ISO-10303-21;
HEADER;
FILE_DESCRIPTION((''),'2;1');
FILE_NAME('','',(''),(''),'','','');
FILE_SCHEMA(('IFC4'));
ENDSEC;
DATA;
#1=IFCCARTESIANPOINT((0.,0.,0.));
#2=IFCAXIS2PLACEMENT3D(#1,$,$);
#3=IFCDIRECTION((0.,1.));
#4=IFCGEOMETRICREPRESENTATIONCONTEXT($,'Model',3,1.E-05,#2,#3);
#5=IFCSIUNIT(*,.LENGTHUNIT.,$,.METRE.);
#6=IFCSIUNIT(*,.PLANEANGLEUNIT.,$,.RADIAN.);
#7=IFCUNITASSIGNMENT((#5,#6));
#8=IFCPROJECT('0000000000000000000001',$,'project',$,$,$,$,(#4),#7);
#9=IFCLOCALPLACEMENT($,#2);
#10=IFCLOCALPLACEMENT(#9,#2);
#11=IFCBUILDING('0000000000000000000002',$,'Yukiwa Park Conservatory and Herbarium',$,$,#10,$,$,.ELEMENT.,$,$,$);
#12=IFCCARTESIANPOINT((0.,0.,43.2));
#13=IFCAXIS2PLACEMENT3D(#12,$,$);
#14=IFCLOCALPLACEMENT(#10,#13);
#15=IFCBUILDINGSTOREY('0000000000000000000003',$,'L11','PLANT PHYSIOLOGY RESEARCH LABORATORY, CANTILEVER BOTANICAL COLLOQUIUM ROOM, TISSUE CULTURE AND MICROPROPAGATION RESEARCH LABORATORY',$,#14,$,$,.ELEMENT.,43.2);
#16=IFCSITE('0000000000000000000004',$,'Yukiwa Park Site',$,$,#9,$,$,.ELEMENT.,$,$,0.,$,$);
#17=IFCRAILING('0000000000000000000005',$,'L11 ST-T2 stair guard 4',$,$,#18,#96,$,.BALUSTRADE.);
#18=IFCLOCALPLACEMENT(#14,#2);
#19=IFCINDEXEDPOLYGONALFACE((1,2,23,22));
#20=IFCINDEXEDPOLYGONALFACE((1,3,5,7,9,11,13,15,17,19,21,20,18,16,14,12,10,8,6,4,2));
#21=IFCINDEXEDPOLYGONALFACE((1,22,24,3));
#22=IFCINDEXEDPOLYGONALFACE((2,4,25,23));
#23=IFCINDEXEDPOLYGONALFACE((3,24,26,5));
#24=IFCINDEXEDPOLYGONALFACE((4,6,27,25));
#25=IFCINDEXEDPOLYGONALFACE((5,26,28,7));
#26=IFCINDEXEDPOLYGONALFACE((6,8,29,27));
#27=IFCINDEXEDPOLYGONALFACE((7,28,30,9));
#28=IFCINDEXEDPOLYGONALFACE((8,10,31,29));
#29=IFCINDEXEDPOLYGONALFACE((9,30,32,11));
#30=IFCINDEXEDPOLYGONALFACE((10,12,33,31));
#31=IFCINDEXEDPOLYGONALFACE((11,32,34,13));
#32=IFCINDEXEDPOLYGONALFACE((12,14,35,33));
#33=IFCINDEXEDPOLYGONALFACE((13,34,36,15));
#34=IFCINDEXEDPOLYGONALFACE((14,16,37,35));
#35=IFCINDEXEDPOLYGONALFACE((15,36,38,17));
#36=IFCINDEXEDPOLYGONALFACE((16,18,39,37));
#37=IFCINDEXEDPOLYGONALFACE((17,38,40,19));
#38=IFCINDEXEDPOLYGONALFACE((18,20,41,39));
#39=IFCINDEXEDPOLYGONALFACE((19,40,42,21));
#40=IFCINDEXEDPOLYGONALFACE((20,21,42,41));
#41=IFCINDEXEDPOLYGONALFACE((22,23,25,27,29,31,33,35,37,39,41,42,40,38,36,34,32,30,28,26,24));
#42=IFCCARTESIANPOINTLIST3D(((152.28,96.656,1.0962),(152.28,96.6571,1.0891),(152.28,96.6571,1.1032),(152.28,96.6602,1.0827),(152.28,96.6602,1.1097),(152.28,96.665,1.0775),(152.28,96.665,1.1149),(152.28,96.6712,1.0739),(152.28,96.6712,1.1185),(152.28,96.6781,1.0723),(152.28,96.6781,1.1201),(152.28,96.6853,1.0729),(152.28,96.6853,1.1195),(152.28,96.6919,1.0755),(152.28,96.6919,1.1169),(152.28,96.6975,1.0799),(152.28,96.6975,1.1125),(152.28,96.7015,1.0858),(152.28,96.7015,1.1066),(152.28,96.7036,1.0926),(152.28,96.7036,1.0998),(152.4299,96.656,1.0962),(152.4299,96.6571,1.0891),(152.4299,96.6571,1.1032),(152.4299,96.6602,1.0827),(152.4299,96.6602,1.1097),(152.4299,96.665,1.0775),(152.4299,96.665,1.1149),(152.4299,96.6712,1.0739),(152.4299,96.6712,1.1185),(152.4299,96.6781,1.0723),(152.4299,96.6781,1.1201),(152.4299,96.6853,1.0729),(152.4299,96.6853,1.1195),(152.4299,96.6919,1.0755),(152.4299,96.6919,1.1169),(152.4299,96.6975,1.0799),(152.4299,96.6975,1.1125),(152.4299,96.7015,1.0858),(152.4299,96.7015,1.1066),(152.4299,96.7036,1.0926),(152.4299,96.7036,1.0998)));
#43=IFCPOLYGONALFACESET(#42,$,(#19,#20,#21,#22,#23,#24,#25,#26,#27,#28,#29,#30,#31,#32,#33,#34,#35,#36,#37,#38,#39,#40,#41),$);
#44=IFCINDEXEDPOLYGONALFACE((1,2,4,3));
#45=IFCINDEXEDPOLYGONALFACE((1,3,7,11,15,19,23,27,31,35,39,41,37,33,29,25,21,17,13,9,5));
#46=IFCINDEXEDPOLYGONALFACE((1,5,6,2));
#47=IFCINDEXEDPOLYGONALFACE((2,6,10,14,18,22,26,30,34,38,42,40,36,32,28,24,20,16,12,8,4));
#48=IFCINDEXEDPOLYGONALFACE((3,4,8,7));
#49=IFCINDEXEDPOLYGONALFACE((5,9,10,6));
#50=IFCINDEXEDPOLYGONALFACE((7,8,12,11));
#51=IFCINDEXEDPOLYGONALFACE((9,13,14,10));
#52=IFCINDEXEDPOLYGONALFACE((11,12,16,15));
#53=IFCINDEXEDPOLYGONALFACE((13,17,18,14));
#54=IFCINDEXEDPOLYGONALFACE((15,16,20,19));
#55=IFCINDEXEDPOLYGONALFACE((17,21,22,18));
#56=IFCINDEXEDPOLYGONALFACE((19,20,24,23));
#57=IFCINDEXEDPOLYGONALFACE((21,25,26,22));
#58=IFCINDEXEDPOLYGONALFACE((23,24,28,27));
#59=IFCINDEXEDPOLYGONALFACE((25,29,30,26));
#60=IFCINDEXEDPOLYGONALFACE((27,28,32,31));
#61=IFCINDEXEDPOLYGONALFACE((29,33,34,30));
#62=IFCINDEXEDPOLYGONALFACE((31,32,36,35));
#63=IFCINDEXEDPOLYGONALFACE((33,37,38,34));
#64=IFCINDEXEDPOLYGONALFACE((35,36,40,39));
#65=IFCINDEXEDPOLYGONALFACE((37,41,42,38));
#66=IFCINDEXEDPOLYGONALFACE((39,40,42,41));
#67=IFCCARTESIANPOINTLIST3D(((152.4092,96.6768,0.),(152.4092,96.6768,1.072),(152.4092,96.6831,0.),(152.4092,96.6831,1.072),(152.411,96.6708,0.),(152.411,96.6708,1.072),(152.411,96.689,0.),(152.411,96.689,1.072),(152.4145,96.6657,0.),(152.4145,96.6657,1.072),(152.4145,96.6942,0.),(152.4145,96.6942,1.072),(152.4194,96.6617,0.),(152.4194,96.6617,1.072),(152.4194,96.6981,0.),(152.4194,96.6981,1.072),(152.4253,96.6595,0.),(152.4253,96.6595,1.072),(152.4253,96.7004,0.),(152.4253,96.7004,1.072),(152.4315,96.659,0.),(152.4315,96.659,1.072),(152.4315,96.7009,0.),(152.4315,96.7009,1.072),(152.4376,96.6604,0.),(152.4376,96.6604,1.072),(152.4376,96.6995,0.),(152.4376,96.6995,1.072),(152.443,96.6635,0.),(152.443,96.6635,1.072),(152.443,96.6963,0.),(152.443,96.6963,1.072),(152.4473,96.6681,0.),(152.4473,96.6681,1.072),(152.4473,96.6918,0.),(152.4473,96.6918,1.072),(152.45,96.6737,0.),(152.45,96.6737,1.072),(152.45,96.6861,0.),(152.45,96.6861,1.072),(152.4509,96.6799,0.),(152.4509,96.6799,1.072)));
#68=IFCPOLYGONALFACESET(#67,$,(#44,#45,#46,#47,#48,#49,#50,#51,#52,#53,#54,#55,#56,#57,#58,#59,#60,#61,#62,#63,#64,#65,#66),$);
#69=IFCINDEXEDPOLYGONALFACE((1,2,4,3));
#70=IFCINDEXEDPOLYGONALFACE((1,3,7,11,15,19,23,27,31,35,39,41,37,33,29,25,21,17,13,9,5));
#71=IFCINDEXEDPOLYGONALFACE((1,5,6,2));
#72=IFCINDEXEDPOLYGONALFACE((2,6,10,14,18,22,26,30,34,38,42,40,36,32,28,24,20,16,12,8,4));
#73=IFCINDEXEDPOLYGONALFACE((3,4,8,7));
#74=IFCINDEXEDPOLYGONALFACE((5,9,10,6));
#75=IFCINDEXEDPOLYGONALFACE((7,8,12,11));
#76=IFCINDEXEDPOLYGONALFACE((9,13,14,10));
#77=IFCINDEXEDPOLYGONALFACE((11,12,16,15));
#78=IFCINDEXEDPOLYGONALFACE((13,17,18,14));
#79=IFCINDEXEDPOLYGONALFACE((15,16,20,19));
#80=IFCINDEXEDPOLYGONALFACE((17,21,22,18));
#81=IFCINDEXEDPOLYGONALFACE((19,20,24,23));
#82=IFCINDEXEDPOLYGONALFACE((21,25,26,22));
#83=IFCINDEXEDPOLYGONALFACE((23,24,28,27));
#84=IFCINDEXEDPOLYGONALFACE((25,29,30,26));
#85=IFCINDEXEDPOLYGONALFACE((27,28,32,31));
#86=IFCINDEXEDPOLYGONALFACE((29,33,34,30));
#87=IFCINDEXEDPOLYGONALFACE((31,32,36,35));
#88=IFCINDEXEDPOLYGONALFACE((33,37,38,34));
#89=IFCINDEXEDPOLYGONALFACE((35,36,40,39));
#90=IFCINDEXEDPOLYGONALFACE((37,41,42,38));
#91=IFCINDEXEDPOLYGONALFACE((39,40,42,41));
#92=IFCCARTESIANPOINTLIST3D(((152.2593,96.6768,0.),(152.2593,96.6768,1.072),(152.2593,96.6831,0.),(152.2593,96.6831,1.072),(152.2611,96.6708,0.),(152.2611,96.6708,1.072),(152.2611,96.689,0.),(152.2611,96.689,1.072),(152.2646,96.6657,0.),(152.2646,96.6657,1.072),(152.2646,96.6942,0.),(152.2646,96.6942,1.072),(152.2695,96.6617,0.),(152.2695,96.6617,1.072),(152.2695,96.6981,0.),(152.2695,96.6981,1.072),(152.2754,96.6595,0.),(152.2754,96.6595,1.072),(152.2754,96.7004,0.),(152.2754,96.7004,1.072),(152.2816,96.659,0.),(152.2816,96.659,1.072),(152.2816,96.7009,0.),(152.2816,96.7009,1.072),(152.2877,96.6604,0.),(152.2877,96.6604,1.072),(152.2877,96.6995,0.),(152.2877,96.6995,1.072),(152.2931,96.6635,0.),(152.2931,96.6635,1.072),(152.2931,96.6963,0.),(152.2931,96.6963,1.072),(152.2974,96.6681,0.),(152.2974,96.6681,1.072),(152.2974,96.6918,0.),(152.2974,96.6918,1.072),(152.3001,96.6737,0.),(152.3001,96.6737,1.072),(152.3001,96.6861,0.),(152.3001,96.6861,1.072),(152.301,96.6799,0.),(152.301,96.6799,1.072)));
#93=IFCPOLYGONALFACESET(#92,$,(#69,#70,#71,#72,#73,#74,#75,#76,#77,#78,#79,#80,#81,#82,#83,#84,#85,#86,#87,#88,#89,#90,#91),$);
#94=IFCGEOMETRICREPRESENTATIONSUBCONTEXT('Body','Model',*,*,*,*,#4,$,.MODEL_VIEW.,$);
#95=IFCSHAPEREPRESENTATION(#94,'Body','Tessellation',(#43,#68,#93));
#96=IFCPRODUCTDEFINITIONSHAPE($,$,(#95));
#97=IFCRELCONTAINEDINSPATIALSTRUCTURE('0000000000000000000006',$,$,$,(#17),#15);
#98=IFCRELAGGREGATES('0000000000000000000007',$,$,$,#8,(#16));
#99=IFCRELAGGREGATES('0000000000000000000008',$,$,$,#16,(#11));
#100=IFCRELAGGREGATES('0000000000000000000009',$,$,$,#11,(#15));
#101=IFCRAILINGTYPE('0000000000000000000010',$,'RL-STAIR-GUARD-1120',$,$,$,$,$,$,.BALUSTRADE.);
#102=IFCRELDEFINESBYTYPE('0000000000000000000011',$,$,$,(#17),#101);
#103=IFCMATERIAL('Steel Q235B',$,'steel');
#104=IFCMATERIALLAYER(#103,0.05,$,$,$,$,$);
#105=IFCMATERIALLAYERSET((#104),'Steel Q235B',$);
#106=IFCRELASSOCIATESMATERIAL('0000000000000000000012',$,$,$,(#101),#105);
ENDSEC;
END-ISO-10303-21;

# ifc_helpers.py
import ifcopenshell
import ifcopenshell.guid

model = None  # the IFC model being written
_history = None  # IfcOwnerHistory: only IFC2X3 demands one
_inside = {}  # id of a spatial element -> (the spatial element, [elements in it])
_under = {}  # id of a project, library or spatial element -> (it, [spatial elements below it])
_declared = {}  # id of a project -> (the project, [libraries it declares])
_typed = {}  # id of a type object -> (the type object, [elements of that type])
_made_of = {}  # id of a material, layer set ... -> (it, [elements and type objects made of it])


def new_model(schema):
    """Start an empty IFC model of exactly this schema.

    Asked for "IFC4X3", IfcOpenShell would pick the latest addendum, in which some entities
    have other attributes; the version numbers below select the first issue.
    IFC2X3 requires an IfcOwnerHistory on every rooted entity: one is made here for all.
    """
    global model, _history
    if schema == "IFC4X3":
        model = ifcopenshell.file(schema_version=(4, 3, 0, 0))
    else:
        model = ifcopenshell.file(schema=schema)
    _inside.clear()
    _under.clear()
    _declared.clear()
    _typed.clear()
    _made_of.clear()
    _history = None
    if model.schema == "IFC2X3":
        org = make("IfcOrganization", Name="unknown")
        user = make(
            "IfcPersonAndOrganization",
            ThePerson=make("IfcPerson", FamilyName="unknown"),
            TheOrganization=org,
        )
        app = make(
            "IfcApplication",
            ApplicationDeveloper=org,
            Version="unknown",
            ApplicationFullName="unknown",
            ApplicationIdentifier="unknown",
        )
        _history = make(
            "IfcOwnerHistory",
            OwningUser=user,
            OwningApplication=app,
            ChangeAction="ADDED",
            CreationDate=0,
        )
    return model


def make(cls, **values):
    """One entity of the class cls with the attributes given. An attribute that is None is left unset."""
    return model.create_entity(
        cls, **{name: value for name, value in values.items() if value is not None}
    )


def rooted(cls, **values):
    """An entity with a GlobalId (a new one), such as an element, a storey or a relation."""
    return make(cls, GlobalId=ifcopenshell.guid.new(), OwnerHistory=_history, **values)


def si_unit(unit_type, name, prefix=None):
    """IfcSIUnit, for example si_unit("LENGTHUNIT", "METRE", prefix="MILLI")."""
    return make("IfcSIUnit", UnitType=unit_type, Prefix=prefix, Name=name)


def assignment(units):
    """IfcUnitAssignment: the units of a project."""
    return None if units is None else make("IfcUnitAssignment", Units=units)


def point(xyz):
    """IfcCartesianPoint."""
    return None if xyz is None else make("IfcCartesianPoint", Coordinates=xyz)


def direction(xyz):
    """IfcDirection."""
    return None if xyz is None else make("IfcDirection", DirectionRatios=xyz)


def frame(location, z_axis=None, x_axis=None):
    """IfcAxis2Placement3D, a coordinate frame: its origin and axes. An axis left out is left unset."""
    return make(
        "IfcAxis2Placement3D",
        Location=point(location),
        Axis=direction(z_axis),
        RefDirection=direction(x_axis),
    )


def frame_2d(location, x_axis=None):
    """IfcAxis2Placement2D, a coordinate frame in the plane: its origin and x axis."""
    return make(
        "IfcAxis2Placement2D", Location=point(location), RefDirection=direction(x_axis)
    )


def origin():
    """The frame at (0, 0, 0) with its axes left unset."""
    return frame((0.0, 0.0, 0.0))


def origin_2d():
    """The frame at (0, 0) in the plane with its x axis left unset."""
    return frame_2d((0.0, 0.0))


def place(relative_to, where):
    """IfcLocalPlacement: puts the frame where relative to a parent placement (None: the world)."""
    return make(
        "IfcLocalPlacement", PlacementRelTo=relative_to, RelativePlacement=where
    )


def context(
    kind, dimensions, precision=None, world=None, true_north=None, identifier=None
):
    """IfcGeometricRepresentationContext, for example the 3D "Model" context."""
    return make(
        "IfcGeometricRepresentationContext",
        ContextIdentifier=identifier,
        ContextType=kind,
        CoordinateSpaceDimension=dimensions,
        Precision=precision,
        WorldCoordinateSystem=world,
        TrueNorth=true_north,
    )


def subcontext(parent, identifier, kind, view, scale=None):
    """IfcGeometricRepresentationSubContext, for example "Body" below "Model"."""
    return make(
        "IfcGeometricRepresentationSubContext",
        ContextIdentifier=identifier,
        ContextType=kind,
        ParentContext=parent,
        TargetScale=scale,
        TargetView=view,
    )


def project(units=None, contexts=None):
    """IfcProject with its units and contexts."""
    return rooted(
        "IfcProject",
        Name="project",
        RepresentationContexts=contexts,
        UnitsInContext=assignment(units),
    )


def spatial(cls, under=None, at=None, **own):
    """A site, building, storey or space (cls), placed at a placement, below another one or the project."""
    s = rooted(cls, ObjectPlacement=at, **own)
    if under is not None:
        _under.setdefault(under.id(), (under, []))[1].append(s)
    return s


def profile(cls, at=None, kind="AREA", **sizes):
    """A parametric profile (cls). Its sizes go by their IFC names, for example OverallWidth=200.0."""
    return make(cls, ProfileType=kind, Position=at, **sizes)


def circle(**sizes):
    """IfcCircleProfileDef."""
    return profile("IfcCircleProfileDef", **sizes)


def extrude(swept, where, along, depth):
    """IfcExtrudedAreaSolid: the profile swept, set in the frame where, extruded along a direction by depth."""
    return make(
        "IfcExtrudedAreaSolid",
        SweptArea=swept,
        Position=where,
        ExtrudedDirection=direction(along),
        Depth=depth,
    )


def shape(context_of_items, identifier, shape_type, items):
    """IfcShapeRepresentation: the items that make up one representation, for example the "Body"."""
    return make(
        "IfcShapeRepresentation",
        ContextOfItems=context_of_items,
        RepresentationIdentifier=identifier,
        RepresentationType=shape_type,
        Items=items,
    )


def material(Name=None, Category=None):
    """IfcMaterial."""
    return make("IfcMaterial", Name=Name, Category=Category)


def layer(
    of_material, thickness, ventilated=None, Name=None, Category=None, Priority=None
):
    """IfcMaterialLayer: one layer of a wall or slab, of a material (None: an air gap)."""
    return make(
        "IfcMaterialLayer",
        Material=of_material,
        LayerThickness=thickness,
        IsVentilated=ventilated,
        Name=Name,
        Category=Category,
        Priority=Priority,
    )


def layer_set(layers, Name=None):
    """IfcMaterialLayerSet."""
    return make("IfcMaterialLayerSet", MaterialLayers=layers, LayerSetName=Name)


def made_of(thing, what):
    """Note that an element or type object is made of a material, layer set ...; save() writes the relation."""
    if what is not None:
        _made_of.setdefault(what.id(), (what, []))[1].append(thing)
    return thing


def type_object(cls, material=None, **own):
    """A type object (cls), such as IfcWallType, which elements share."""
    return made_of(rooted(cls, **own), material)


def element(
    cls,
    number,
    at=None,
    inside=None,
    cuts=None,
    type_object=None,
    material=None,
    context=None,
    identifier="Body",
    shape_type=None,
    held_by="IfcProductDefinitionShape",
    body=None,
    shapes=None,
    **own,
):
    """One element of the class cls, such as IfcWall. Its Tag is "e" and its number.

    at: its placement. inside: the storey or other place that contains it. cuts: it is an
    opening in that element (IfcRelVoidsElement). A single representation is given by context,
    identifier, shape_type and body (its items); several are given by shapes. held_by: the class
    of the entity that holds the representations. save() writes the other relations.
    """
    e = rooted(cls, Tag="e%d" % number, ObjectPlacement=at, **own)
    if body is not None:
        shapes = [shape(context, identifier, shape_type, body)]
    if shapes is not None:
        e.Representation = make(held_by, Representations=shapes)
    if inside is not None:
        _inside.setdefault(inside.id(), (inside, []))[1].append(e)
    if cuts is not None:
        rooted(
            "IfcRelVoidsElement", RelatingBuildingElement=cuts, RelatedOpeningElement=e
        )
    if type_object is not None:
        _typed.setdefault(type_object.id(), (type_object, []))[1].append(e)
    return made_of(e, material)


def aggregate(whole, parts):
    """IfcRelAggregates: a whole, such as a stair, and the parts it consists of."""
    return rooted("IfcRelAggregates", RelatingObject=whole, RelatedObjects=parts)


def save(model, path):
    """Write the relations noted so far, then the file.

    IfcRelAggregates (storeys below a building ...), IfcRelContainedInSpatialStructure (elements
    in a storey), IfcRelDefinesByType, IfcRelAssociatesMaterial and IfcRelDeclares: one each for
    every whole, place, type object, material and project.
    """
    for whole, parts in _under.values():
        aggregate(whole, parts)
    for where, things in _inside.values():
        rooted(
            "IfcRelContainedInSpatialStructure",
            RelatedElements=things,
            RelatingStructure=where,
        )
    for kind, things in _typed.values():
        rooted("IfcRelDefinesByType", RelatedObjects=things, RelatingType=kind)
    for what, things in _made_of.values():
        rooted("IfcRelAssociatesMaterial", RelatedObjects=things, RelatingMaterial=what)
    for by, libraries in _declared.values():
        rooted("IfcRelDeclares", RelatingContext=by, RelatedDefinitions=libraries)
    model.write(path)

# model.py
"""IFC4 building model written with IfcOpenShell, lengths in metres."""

from ifc_helpers import new_model, si_unit, direction, frame, origin, origin_2d, place, context, subcontext, project, spatial, circle, extrude, material, layer, layer_set, type_object, element, save


model = new_model("IFC4")

# Units and contexts
model_context = context("Model", 3, precision=1e-05, world=origin(), true_north=direction((0.0, 1.0)))
body_context = subcontext(model_context, "Body", "Model", "MODEL_VIEW")
ifc_project = project(units=[si_unit("LENGTHUNIT", "METRE"), si_unit("PLANEANGLEUNIT", "RADIAN")], contexts=[model_context])

# Site, building, storey
site_placement = place(None, origin())
site = spatial("IfcSite", under=ifc_project, at=site_placement, Name="Yukiwa Park Site", CompositionType="ELEMENT", RefElevation=0.0)
building_placement = place(site_placement, origin())
building = spatial("IfcBuilding", under=site, at=building_placement, Name="Yukiwa Park Conservatory and Herbarium", CompositionType="ELEMENT")
storey_placement = place(building_placement, frame((0.0, 0.0, 43.2)))
storey = spatial("IfcBuildingStorey", under=building, at=storey_placement, Name="L11", Description="PLANT PHYSIOLOGY RESEARCH LABORATORY, CANTILEVER BOTANICAL COLLOQUIUM ROOM, TISSUE CULTURE AND MICROPROPAGATION RESEARCH LABORATORY", CompositionType="ELEMENT", Elevation=43.2)

# Railing
ifc_material_1 = material(Name="Steel Q235B", Category="steel")
ifc_layer_1 = layer(ifc_material_1, 0.05)
ifc_layer_set_1 = layer_set([ifc_layer_1], Name="Steel Q235B")
railing_type_1 = type_object("IfcRailingType", Name="RL-STAIR-GUARD-1120", PredefinedType="BALUSTRADE", material=ifc_layer_set_1)
railing_1_placement = place(storey_placement, frame((152.4299, 96.6799, 0.0)))
element("IfcRailing", 1, at=railing_1_placement, inside=storey, type_object=railing_type_1, Name="L11 ST-T2 stair guard 4", PredefinedType="BALUSTRADE", context=body_context, shape_type="SweptSolid", body=[
    extrude(circle(Radius=0.0239, at=origin_2d()), frame((0.0, 0.0, 1.0962), z_axis=(-1.0, 0.0, 0.0), x_axis=(0.0, -1.0, 0.0)), (0.0, 0.0, 1.0), 0.1499),
    extrude(circle(Radius=0.021, at=origin_2d()), origin(), (0.0, 0.0, 1.0), 1.072),
    extrude(circle(Radius=0.021, at=origin_2d()), frame((-0.1499, 0.0, 0.0)), (0.0, 0.0, 1.0), 1.072),
])

save(model, "model.ifc")
